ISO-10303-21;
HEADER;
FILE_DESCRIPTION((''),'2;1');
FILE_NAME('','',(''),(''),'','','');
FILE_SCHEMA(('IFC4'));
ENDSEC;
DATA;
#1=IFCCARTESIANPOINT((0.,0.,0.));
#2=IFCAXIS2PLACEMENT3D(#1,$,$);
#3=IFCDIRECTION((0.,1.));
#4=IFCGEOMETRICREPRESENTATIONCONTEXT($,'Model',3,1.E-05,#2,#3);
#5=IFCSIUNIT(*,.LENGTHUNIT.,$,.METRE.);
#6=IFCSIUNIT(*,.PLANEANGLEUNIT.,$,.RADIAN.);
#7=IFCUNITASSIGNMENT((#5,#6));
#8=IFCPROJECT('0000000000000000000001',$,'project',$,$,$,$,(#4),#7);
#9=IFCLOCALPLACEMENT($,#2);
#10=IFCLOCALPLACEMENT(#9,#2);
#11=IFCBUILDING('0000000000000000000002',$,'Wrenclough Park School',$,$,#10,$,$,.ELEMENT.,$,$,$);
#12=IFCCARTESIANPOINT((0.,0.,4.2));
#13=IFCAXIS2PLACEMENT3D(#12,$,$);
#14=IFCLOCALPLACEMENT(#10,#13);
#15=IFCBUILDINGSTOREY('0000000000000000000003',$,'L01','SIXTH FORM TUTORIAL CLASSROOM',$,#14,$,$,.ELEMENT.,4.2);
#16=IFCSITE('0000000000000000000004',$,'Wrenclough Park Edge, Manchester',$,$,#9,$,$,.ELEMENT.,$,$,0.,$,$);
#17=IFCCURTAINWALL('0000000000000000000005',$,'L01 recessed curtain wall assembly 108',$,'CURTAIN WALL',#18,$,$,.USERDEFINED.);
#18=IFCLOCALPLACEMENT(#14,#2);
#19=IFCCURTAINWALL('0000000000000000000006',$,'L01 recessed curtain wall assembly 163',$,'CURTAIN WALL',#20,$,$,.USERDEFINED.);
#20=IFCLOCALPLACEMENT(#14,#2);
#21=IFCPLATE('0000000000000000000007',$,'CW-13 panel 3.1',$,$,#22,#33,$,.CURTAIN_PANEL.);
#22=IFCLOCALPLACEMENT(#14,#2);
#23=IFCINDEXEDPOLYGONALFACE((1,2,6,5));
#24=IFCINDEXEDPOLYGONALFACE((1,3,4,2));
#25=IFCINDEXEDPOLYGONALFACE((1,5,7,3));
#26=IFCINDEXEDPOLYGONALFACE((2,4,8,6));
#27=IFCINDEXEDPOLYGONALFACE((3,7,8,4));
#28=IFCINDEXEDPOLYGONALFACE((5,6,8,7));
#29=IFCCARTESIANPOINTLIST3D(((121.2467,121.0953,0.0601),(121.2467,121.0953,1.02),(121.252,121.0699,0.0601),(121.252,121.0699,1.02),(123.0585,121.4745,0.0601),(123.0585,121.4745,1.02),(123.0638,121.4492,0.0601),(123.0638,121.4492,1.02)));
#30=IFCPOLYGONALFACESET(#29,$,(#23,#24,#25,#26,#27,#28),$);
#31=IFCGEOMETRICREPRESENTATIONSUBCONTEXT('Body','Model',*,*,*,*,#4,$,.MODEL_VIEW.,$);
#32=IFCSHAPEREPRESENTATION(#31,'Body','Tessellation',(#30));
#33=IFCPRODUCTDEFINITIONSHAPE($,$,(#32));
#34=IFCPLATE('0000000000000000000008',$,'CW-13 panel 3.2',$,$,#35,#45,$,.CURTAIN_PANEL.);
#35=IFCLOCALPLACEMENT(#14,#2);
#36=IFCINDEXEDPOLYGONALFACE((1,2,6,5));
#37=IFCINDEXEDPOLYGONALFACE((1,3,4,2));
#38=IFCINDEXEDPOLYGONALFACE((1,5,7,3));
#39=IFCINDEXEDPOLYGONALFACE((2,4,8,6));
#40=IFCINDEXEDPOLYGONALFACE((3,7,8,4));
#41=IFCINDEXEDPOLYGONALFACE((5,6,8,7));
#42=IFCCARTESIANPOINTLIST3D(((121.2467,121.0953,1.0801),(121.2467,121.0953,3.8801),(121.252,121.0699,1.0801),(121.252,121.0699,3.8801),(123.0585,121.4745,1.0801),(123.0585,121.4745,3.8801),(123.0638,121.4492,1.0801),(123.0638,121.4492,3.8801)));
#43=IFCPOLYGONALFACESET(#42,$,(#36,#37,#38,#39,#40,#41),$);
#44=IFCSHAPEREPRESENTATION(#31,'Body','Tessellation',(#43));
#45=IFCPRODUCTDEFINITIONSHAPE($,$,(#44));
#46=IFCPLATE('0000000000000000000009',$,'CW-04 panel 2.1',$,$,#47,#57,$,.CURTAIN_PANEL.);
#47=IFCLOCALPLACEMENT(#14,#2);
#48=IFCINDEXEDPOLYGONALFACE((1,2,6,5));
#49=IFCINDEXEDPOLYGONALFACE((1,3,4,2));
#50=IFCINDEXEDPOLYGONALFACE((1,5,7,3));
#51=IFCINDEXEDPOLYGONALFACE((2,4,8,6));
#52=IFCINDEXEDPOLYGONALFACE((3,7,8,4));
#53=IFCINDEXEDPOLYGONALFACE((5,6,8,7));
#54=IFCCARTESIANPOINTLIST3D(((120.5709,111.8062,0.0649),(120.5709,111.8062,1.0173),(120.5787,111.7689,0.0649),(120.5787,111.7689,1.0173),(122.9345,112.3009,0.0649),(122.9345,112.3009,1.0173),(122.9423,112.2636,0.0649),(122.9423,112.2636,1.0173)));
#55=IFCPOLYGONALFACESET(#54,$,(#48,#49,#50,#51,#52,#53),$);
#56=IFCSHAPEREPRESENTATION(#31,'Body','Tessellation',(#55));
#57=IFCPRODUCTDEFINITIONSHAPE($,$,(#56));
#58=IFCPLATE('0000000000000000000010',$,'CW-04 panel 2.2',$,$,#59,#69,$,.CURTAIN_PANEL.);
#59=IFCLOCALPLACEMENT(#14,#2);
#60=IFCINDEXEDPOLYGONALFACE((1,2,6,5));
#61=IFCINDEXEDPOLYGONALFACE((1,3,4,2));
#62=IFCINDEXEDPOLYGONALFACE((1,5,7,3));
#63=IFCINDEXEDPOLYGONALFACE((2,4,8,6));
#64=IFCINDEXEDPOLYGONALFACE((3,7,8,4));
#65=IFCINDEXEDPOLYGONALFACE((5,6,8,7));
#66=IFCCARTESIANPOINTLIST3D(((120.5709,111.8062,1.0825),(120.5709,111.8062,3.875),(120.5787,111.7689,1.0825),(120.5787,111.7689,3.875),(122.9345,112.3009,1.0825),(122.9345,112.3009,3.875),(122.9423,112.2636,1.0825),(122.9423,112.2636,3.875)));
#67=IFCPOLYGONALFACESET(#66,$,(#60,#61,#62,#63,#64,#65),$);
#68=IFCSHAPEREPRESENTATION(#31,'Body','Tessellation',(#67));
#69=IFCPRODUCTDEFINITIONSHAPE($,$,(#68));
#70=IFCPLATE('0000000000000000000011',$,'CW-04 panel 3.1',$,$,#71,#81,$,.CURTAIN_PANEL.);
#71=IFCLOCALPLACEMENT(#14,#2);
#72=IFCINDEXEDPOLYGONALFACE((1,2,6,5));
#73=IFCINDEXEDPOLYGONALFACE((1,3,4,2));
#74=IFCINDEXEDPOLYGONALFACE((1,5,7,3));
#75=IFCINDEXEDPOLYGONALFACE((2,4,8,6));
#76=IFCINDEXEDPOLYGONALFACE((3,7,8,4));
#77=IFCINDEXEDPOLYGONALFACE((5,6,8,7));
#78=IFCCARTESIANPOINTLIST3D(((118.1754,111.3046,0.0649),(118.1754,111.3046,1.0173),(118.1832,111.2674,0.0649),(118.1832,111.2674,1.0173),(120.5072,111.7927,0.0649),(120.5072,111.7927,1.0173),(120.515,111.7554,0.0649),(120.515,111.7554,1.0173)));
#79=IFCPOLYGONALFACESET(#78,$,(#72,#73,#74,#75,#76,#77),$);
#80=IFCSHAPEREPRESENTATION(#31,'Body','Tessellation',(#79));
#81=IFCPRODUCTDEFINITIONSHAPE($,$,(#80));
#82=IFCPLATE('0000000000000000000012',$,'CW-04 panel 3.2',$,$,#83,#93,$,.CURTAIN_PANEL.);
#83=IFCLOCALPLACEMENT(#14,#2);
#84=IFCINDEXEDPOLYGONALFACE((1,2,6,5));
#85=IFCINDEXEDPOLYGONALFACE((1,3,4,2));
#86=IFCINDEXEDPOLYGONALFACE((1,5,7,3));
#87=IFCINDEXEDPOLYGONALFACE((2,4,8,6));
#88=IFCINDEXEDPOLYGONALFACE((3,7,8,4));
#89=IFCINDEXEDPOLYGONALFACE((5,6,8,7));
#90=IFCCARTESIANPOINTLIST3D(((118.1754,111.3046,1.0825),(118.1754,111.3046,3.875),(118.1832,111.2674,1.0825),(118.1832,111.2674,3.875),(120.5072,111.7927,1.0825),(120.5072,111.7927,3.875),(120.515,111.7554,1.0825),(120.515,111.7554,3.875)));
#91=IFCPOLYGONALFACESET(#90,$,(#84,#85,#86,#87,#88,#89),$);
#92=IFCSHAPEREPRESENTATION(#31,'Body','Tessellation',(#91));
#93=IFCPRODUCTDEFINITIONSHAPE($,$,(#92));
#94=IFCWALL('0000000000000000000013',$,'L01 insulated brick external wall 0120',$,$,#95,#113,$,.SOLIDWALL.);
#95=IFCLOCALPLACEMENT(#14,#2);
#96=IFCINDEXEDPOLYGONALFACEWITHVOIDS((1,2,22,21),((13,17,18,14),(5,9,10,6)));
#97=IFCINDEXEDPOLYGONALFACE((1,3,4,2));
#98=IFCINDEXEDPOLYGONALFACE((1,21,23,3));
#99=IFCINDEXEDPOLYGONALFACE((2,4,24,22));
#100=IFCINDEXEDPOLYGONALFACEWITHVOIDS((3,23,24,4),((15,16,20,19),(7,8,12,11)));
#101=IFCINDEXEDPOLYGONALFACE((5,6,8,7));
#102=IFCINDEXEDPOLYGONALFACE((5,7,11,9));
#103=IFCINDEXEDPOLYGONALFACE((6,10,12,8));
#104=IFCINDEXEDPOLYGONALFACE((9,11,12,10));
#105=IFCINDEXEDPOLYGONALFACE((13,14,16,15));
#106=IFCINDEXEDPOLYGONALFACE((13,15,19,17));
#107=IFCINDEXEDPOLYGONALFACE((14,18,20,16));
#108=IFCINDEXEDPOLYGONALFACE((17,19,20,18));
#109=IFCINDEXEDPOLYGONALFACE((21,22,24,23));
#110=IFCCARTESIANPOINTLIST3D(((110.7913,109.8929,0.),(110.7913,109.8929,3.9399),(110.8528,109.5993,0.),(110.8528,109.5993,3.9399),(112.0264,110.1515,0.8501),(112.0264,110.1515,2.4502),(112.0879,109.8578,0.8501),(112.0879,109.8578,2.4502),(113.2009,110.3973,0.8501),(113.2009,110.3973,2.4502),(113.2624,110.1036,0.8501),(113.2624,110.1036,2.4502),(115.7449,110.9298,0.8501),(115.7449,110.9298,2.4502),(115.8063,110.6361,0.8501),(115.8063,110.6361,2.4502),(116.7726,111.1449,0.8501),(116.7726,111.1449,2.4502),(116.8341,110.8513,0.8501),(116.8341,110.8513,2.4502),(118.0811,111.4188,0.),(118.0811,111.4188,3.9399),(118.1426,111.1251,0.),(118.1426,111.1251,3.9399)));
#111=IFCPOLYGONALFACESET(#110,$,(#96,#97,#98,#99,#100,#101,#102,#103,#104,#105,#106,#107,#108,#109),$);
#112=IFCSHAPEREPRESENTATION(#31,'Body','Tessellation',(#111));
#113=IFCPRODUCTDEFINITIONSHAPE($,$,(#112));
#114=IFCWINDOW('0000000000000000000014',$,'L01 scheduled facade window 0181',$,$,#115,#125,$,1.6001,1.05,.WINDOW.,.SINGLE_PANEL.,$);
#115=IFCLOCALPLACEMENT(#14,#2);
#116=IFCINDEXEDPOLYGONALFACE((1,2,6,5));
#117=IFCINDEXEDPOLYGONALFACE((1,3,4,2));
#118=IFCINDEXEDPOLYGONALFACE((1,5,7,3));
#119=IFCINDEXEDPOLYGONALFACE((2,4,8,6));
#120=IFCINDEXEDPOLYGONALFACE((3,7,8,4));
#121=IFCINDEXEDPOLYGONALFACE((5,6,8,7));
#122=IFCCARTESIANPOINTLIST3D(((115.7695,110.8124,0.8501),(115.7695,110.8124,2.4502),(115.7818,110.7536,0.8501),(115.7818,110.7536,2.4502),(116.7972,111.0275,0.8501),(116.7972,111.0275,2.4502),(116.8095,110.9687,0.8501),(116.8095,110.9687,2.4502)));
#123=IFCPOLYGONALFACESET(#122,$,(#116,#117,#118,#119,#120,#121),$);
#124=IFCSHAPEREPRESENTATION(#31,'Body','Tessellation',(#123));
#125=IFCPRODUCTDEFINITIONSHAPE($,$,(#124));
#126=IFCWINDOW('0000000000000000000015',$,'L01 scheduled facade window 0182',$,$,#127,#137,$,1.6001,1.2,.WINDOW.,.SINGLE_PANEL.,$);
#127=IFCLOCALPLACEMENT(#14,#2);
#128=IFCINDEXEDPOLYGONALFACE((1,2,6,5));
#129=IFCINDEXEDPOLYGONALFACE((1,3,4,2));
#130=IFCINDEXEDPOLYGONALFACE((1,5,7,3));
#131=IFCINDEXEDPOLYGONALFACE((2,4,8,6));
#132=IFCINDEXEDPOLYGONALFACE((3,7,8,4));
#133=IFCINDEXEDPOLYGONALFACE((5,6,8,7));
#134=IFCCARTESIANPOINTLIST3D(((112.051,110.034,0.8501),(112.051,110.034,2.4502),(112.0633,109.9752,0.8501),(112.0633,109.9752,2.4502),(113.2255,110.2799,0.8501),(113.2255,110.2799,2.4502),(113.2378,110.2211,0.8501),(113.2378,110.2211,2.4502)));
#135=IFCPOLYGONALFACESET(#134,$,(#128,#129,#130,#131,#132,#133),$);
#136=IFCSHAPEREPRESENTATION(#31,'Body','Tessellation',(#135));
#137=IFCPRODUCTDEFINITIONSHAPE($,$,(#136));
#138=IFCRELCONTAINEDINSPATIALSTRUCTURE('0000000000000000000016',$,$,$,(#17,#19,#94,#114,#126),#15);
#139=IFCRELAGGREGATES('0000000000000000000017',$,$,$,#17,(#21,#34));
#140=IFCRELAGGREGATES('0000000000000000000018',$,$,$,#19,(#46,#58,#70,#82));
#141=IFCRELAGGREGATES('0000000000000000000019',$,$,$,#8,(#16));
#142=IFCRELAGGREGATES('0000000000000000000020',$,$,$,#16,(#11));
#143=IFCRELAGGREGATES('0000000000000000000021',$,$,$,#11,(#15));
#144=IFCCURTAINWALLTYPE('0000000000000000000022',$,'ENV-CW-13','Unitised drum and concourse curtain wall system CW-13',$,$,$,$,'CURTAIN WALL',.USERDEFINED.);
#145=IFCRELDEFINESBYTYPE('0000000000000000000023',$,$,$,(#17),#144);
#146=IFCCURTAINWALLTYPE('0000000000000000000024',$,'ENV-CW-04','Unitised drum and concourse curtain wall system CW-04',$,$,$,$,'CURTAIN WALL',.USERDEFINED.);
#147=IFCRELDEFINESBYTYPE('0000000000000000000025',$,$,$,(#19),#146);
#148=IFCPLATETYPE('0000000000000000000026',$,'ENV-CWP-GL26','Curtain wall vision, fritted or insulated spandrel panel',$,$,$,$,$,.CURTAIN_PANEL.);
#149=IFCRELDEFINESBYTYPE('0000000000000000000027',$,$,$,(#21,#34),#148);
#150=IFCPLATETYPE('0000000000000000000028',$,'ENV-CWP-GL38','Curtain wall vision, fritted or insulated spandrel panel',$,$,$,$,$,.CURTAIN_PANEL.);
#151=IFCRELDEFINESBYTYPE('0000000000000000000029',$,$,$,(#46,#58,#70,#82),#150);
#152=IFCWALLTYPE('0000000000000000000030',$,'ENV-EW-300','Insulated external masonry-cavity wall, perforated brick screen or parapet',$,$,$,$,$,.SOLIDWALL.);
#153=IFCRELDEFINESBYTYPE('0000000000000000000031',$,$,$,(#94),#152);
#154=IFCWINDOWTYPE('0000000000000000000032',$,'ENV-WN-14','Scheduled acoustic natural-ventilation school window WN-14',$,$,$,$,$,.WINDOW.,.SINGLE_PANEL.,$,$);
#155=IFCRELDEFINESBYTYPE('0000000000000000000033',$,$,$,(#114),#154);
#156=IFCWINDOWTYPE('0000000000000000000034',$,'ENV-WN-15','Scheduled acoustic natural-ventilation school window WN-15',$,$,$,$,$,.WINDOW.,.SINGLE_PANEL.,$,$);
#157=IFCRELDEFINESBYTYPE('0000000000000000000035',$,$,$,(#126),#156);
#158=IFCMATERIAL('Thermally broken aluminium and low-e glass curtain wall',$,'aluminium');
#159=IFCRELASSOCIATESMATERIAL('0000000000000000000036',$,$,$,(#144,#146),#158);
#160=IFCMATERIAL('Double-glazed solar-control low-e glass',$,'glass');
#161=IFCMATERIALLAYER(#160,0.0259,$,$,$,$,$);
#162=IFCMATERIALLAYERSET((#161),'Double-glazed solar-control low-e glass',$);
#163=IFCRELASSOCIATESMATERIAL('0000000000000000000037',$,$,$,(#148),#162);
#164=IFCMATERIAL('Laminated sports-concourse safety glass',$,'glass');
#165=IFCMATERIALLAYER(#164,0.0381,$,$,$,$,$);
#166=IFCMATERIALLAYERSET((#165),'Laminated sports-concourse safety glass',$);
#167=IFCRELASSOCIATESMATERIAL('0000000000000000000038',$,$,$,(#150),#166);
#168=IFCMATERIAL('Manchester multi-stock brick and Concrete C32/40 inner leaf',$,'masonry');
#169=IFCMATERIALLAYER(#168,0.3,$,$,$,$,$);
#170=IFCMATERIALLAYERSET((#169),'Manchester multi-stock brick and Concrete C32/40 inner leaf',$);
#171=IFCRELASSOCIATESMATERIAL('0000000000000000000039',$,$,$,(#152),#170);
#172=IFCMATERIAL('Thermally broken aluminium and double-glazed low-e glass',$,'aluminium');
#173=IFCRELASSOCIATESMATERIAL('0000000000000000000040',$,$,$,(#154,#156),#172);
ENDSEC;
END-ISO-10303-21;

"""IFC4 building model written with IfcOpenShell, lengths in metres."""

from ifc_helpers import new_model, si_unit, direction, frame, frame_2d, origin, origin_2d, place, context, subcontext, project, spatial, rectangle, extrude, material, layer, layer_set, type_object, element, fill, aggregate, save


model = new_model("IFC4")

# Units and contexts
model_context = context("Model", 3, precision=1e-05, world=origin(), true_north=direction((0.0, 1.0)))
body_context = subcontext(model_context, "Body", "Model", "MODEL_VIEW")
ifc_project = project(units=[si_unit("LENGTHUNIT", "METRE"), si_unit("PLANEANGLEUNIT", "RADIAN")], contexts=[model_context])

# Site, building, storey
site_placement = place(None, origin())
site = spatial("IfcSite", under=ifc_project, at=site_placement, Name="Wrenclough Park Edge, Manchester", CompositionType="ELEMENT", RefElevation=0.0)
building_placement = place(site_placement, origin())
building = spatial("IfcBuilding", under=site, at=building_placement, Name="Wrenclough Park School", CompositionType="ELEMENT")
storey_placement = place(building_placement, frame((0.0, 0.0, 4.2)))
storey = spatial("IfcBuildingStorey", under=building, at=storey_placement, Name="L01", Description="SIXTH FORM TUTORIAL CLASSROOM", CompositionType="ELEMENT", Elevation=4.2)

# Curtain walls
ifc_material_1 = material(Name="Thermally broken aluminium and low-e glass curtain wall", Category="aluminium")
curtain_wall_type_1 = type_object("IfcCurtainWallType", Name="ENV-CW-13", Description="Unitised drum and concourse curtain wall system CW-13", ElementType="CURTAIN WALL", PredefinedType="USERDEFINED", material=ifc_material_1)
curtain_wall_1_placement = place(storey_placement, origin())
curtain_wall_1 = element("IfcCurtainWall", 1, at=curtain_wall_1_placement, inside=storey, type_object=curtain_wall_type_1, Name="L01 recessed curtain wall assembly 108", ObjectType="CURTAIN WALL", PredefinedType="USERDEFINED")
curtain_wall_type_2 = type_object("IfcCurtainWallType", Name="ENV-CW-04", Description="Unitised drum and concourse curtain wall system CW-04", ElementType="CURTAIN WALL", PredefinedType="USERDEFINED", material=ifc_material_1)
curtain_wall_2_placement = place(storey_placement, origin())
curtain_wall_2 = element("IfcCurtainWall", 2, at=curtain_wall_2_placement, inside=storey, type_object=curtain_wall_type_2, Name="L01 recessed curtain wall assembly 163", ObjectType="CURTAIN WALL", PredefinedType="USERDEFINED")

# Plates
ifc_material_2 = material(Name="Double-glazed solar-control low-e glass", Category="glass")
ifc_layer_1 = layer(ifc_material_2, 0.0259)
ifc_layer_set_1 = layer_set([ifc_layer_1], Name="Double-glazed solar-control low-e glass")
plate_type_1 = type_object("IfcPlateType", Name="ENV-CWP-GL26", Description="Curtain wall vision, fritted or insulated spandrel panel", PredefinedType="CURTAIN_PANEL", material=ifc_layer_set_1)
plate_1_placement = place(storey_placement, frame((122.1553, 121.2722, 0.0601), z_axis=(0.0, 0.0, 1.0), x_axis=(0.978789, 0.204871, 0.0)))
plate_1 = element("IfcPlate", 3, at=plate_1_placement, type_object=plate_type_1, Name="CW-13 panel 3.1", PredefinedType="CURTAIN_PANEL", context=body_context, shape_type="SweptSolid", body=[
    extrude(rectangle(XDim=1.8511, YDim=0.0259, at=origin_2d()), origin(), (0.0, 0.0, 1.0), 0.96),
])
plate_2_placement = place(storey_placement, frame((122.1553, 121.2722, 1.0801), z_axis=(0.0, 0.0, 1.0), x_axis=(0.978789, 0.204871, 0.0)))
plate_2 = element("IfcPlate", 4, at=plate_2_placement, type_object=plate_type_1, Name="CW-13 panel 3.2", PredefinedType="CURTAIN_PANEL", context=body_context, shape_type="SweptSolid", body=[
    extrude(rectangle(XDim=1.8511, YDim=0.0259, at=origin_2d()), origin(), (0.0, 0.0, 1.0), 2.8),
])
aggregate(curtain_wall_1, [plate_1, plate_2])
ifc_material_3 = material(Name="Laminated sports-concourse safety glass", Category="glass")
ifc_layer_2 = layer(ifc_material_3, 0.0381)
ifc_layer_set_2 = layer_set([ifc_layer_2], Name="Laminated sports-concourse safety glass")
plate_type_2 = type_object("IfcPlateType", Name="ENV-CWP-GL38", Description="Curtain wall vision, fritted or insulated spandrel panel", PredefinedType="CURTAIN_PANEL", material=ifc_layer_set_2)
plate_3_placement = place(storey_placement, frame((121.7566, 112.0349, 0.0649), z_axis=(0.0, 0.0, 1.0), x_axis=(-0.978788, -0.204874, 0.0)))
plate_3 = element("IfcPlate", 5, at=plate_3_placement, type_object=plate_type_2, Name="CW-04 panel 2.1", PredefinedType="CURTAIN_PANEL", context=body_context, shape_type="SweptSolid", body=[
    extrude(rectangle(XDim=2.4148, YDim=0.0381, at=origin_2d()), origin(), (0.0, 0.0, 1.0), 0.9524),
])
plate_4_placement = place(storey_placement, frame((121.7566, 112.0349, 1.0825), z_axis=(0.0, 0.0, 1.0), x_axis=(-0.978788, -0.204874, 0.0)))
plate_4 = element("IfcPlate", 6, at=plate_4_placement, type_object=plate_type_2, Name="CW-04 panel 2.2", PredefinedType="CURTAIN_PANEL", context=body_context, shape_type="SweptSolid", body=[
    extrude(rectangle(XDim=2.4148, YDim=0.0381, at=origin_2d()), origin(), (0.0, 0.0, 1.0), 2.7925),
])
plate_5_placement = place(storey_placement, frame((119.3452, 111.53, 0.0649), z_axis=(0.0, 0.0, 1.0), x_axis=(-0.978788, -0.204874, 0.0)))
plate_5 = element("IfcPlate", 7, at=plate_5_placement, type_object=plate_type_2, Name="CW-04 panel 3.1", PredefinedType="CURTAIN_PANEL", context=body_context, shape_type="SweptSolid", body=[
    extrude(rectangle(XDim=2.3823, YDim=0.0381, at=origin_2d()), origin(), (0.0, 0.0, 1.0), 0.9524),
])
plate_6_placement = place(storey_placement, frame((119.3452, 111.53, 1.0825), z_axis=(0.0, 0.0, 1.0), x_axis=(-0.978788, -0.204874, 0.0)))
plate_6 = element("IfcPlate", 8, at=plate_6_placement, type_object=plate_type_2, Name="CW-04 panel 3.2", PredefinedType="CURTAIN_PANEL", context=body_context, shape_type="SweptSolid", body=[
    extrude(rectangle(XDim=2.3823, YDim=0.0381, at=origin_2d()), origin(), (0.0, 0.0, 1.0), 2.7925),
])
aggregate(curtain_wall_2, [plate_3, plate_4, plate_5, plate_6])

# Wall, openings, windows
ifc_material_4 = material(Name="Manchester multi-stock brick and Concrete C32/40 inner leaf", Category="masonry")
ifc_layer_3 = layer(ifc_material_4, 0.3)
ifc_layer_set_3 = layer_set([ifc_layer_3], Name="Manchester multi-stock brick and Concrete C32/40 inner leaf")
wall_type = type_object("IfcWallType", Name="ENV-EW-300", Description="Insulated external masonry-cavity wall, perforated brick screen or parapet", PredefinedType="SOLIDWALL", material=ifc_layer_set_3)
wall_placement = place(storey_placement, frame((118.1118, 111.272, 0.0), z_axis=(0.0, 0.0, 1.0), x_axis=(-0.978788, -0.204877, 0.0)))
wall = element("IfcWall", 9, at=wall_placement, inside=storey, type_object=wall_type, Name="L01 insulated brick external wall 0120", PredefinedType="SOLIDWALL", context=body_context, shape_type="SweptSolid", body=[
    extrude(rectangle(XDim=7.4478, YDim=0.3, at=frame_2d((3.7239, 0.0))), origin(), (0.0, 0.0, 1.0), 3.9399),
])
opening_1_placement = place(wall_placement, frame((1.3369, 0.0, 0.8501)))
opening_1 = element("IfcOpeningElement", 10, at=opening_1_placement, cuts=wall, PredefinedType="OPENING", context=body_context, shape_type="SweptSolid", body=[
    extrude(rectangle(XDim=1.05, YDim=1.6001, at=frame_2d((0.5249, 0.8))), frame((0.0, 0.1599, 0.0), z_axis=(0.0, -1.0, 0.0), x_axis=(1.0, 0.0, 0.0)), (0.0, 0.0, 1.0), 0.3201),
])
opening_2_placement = place(wall_placement, frame((4.9858, 0.0, 0.8501)))
opening_2 = element("IfcOpeningElement", 11, at=opening_2_placement, cuts=wall, PredefinedType="OPENING", context=body_context, shape_type="SweptSolid", body=[
    extrude(rectangle(XDim=1.2, YDim=1.6001, at=frame_2d((0.6001, 0.8))), frame((0.0, 0.1599, 0.0), z_axis=(0.0, -1.0, 0.0), x_axis=(1.0, 0.0, 0.0)), (0.0, 0.0, 1.0), 0.3201),
])
ifc_material_5 = material(Name="Thermally broken aluminium and double-glazed low-e glass", Category="aluminium")
window_type_1 = type_object("IfcWindowType", Name="ENV-WN-14", Description="Scheduled acoustic natural-ventilation school window WN-14", PartitioningType="SINGLE_PANEL", PredefinedType="WINDOW", material=ifc_material_5)
window_1_placement = place(opening_1_placement, origin())
window_1 = element("IfcWindow", 12, at=window_1_placement, inside=storey, type_object=window_type_1, Name="L01 scheduled facade window 0181", OverallHeight=1.6001, OverallWidth=1.05, PartitioningType="SINGLE_PANEL", PredefinedType="WINDOW", context=body_context, shape_type="SweptSolid", body=[
    extrude(rectangle(XDim=1.05, YDim=1.6001, at=frame_2d((0.5249, 0.8))), frame((0.0, 0.03, 0.0), z_axis=(0.0, -1.0, 0.0), x_axis=(1.0, 0.0, 0.0)), (0.0, 0.0, 1.0), 0.0601),
])
fill(opening_1, window_1)
window_type_2 = type_object("IfcWindowType", Name="ENV-WN-15", Description="Scheduled acoustic natural-ventilation school window WN-15", PartitioningType="SINGLE_PANEL", PredefinedType="WINDOW", material=ifc_material_5)
window_2_placement = place(opening_2_placement, origin())
window_2 = element("IfcWindow", 13, at=window_2_placement, inside=storey, type_object=window_type_2, Name="L01 scheduled facade window 0182", OverallHeight=1.6001, OverallWidth=1.2, PartitioningType="SINGLE_PANEL", PredefinedType="WINDOW", context=body_context, shape_type="SweptSolid", body=[
    extrude(rectangle(XDim=1.2, YDim=1.6001, at=frame_2d((0.6001, 0.8))), frame((0.0, 0.03, 0.0), z_axis=(0.0, -1.0, 0.0), x_axis=(1.0, 0.0, 0.0)), (0.0, 0.0, 1.0), 0.0601),
])
fill(opening_2, window_2)

save(model, "model.ifc")
